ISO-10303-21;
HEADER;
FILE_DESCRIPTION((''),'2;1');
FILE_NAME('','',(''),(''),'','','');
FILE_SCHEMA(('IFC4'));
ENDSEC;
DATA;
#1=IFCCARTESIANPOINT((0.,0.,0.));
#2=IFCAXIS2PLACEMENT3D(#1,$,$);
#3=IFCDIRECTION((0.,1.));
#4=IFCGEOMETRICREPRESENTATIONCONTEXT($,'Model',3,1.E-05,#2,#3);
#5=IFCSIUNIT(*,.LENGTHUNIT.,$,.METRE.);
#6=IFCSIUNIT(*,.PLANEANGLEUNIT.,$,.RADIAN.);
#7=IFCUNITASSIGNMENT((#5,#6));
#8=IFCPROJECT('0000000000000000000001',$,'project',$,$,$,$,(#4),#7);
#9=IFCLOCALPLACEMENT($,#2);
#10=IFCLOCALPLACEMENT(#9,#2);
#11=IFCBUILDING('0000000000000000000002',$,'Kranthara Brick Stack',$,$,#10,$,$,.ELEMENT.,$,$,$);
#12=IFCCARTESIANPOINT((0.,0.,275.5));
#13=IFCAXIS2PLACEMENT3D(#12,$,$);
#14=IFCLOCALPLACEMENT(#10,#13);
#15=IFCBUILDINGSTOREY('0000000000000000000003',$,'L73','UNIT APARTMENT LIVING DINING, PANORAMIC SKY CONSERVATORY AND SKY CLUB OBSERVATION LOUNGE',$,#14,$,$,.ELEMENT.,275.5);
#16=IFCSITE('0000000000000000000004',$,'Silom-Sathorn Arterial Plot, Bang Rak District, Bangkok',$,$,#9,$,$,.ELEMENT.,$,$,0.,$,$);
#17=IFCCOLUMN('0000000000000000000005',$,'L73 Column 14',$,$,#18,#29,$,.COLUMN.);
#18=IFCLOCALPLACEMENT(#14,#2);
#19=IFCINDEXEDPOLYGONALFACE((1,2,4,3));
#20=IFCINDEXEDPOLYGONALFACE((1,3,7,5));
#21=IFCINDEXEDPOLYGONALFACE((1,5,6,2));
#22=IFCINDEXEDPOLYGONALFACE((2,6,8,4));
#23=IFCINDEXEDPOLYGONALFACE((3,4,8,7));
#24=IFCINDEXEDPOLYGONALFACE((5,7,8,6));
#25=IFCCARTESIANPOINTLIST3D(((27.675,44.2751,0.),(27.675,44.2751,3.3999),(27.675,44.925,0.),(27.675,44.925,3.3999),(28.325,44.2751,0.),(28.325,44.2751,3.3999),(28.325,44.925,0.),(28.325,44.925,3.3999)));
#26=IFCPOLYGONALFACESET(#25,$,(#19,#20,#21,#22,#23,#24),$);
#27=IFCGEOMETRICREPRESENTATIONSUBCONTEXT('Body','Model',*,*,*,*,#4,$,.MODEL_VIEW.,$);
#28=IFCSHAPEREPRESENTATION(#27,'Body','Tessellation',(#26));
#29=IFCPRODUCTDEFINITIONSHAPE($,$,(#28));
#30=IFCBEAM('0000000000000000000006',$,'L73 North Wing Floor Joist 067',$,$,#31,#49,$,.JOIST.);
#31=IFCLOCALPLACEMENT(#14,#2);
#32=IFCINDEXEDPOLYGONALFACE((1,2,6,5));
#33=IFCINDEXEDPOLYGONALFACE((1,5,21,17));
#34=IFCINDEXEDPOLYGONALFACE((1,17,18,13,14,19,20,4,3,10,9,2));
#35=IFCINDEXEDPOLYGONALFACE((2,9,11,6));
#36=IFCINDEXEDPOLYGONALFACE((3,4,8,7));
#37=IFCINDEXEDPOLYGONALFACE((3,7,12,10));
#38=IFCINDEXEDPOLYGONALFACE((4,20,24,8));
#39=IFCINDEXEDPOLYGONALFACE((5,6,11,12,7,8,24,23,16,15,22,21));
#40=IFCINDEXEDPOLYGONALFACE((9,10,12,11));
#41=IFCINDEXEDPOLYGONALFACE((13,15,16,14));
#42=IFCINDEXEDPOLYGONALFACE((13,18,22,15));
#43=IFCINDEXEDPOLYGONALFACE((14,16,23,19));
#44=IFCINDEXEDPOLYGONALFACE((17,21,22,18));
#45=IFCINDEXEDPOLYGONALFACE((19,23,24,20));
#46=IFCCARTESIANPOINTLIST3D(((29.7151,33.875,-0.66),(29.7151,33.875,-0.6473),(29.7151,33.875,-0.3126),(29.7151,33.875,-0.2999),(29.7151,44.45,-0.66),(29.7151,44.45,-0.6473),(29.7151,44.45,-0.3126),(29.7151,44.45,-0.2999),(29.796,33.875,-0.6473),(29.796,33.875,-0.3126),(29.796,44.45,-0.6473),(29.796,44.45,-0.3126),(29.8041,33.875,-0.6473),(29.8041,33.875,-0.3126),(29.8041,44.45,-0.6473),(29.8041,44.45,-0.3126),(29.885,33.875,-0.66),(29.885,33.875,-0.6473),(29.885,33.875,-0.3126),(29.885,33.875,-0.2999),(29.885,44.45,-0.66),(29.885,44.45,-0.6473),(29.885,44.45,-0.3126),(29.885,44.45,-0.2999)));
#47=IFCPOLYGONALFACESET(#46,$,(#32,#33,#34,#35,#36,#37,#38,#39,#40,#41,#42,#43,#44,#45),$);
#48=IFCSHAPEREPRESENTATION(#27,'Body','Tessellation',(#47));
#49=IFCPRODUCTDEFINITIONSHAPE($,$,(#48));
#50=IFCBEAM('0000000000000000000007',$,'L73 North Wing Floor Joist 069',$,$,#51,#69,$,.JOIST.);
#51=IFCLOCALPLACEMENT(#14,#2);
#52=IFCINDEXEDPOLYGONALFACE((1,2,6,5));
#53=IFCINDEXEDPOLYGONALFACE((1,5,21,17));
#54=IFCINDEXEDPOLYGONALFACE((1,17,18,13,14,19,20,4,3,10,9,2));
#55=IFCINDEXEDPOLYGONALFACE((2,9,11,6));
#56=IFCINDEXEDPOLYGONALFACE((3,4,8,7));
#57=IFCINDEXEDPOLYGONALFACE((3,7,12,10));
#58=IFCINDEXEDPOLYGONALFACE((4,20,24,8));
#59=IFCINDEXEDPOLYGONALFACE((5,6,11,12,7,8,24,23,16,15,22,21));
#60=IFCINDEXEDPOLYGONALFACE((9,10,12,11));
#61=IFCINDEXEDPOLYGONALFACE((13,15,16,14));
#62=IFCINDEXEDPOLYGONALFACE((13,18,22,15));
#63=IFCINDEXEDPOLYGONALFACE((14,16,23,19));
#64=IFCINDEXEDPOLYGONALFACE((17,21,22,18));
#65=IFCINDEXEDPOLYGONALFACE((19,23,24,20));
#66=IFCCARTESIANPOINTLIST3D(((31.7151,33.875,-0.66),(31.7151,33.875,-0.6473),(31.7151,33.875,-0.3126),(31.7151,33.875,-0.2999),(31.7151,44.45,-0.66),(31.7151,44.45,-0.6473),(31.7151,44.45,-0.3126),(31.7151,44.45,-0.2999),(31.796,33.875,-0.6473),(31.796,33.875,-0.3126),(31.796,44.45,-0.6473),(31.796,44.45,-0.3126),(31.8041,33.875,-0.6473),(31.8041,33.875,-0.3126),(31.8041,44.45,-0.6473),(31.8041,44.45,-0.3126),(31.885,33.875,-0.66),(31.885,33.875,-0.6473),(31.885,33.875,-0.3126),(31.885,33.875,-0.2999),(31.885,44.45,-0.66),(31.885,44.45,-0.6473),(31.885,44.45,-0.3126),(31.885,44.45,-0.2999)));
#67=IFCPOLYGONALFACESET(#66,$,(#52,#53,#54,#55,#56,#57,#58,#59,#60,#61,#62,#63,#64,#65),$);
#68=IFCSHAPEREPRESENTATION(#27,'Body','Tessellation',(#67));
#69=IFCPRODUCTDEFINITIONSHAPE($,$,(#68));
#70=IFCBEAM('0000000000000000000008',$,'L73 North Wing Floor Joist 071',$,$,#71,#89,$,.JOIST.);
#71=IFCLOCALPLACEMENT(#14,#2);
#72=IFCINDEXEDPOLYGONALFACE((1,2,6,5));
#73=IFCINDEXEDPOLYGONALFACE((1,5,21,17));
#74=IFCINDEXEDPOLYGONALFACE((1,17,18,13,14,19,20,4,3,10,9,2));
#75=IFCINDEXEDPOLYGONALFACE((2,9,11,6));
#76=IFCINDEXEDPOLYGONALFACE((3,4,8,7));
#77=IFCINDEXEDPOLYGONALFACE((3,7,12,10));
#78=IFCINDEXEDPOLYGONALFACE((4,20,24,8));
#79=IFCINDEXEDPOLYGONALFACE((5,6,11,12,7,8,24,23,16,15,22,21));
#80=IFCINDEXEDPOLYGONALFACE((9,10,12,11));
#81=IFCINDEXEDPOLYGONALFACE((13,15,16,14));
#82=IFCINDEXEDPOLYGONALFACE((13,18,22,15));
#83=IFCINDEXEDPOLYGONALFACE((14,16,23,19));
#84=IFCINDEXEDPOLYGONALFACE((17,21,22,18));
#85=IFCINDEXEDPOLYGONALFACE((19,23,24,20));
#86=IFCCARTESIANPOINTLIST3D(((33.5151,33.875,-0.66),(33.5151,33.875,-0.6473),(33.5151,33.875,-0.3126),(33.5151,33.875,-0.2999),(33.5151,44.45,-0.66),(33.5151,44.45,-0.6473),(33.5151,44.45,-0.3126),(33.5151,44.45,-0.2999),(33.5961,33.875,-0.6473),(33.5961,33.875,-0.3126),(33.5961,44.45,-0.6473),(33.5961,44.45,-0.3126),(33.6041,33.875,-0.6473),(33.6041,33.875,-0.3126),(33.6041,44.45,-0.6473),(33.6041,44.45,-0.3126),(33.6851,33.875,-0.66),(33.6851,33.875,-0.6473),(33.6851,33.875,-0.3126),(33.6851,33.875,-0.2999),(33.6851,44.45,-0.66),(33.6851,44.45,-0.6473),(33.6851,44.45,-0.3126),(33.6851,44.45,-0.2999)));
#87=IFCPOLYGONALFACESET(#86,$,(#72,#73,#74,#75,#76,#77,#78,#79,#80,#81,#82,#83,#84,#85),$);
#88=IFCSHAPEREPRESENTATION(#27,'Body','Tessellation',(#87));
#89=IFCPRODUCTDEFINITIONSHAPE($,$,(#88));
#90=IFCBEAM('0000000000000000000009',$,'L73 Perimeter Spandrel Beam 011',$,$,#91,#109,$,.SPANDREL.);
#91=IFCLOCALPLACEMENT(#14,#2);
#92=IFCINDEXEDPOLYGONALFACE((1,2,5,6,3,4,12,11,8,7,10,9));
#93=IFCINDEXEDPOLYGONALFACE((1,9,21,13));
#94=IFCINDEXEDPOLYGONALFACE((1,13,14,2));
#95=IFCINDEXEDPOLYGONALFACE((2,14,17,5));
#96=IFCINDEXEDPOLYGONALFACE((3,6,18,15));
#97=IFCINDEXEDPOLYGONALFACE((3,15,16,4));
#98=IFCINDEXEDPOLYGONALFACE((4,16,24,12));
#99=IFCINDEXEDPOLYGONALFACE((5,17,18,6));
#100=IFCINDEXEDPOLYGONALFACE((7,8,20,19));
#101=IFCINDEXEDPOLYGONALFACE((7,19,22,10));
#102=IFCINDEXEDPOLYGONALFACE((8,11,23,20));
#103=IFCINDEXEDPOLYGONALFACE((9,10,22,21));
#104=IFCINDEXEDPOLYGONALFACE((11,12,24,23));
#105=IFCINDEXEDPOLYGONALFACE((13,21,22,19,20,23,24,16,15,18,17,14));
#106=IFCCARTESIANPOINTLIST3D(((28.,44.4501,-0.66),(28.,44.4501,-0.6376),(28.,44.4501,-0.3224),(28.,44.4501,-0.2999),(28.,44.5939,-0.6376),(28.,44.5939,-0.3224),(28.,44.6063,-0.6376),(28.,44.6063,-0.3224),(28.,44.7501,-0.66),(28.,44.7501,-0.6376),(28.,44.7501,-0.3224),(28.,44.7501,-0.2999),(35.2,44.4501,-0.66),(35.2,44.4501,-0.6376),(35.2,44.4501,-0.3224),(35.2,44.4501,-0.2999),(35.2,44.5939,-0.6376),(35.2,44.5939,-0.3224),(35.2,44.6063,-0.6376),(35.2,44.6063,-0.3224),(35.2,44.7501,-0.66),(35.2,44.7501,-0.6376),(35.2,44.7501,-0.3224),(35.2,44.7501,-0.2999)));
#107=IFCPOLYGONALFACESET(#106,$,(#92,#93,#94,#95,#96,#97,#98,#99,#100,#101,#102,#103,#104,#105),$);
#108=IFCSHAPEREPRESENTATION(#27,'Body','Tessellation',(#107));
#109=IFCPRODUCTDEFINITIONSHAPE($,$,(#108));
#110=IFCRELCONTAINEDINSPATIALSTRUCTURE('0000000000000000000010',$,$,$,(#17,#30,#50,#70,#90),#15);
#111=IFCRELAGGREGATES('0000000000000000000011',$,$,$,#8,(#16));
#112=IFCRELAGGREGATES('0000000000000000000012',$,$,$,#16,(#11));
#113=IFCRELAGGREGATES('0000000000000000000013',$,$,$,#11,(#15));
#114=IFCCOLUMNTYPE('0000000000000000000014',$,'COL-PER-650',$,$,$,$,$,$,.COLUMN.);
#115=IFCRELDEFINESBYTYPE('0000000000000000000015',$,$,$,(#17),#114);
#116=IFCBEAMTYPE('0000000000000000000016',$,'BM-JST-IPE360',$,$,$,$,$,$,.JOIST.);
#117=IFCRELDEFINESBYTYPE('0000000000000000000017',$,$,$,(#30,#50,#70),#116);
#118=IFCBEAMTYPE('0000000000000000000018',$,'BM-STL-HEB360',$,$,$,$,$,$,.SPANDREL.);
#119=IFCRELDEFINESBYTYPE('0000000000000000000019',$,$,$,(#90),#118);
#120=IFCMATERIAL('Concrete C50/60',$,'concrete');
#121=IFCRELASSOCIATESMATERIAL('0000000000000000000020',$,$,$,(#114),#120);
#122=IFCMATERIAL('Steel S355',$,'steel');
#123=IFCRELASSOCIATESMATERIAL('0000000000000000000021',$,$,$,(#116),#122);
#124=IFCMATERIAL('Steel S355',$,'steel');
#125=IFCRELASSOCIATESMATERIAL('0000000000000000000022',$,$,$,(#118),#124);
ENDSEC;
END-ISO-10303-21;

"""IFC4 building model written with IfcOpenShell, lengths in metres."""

from ifc_helpers import new_model, si_unit, direction, frame, origin, origin_2d, place, context, subcontext, project, spatial, rectangle, i_section, extrude, material, material_profile, profile_set, type_object, element, save


model = new_model("IFC4")

# Units and contexts
model_context = context("Model", 3, precision=1e-05, world=origin(), true_north=direction((0.0, 1.0)))
body_context = subcontext(model_context, "Body", "Model", "MODEL_VIEW")
ifc_project = project(units=[si_unit("LENGTHUNIT", "METRE"), si_unit("PLANEANGLEUNIT", "RADIAN")], contexts=[model_context])

# Site, building, storey
site_placement = place(None, origin())
site = spatial("IfcSite", under=ifc_project, at=site_placement, Name="Silom-Sathorn Arterial Plot, Bang Rak District, Bangkok", CompositionType="ELEMENT", RefElevation=0.0)
building_placement = place(site_placement, origin())
building = spatial("IfcBuilding", under=site, at=building_placement, Name="Kranthara Brick Stack", CompositionType="ELEMENT")
storey_placement = place(building_placement, frame((0.0, 0.0, 275.5)))
storey = spatial("IfcBuildingStorey", under=building, at=storey_placement, Name="L73", Description="UNIT APARTMENT LIVING DINING, PANORAMIC SKY CONSERVATORY AND SKY CLUB OBSERVATION LOUNGE", CompositionType="ELEMENT", Elevation=275.5)

# Column
ifc_material_1 = material(Name="Concrete C50/60", Category="concrete")
ifc_material_profile_1 = material_profile(ifc_material_1, rectangle(XDim=0.6499, YDim=0.6499, at=origin_2d()), Name="RC 650x650")
ifc_profile_set_1 = profile_set([ifc_material_profile_1], Name="Concrete C50/60")
column_type = type_object("IfcColumnType", Name="COL-PER-650", PredefinedType="COLUMN", material=ifc_profile_set_1)
column_placement = place(storey_placement, frame((28.0, 44.6001, 0.0), z_axis=(0.0, 0.0, 1.0), x_axis=(1.0, 0.0, 0.0)))
element("IfcColumn", 1, at=column_placement, inside=storey, type_object=column_type, Name="L73 Column 14", PredefinedType="COLUMN", context=body_context, shape_type="SweptSolid", body=[
    extrude(rectangle(XDim=0.6499, YDim=0.6499, at=origin_2d()), origin(), (0.0, 0.0, 1.0), 3.3999),
])

# Beams
ifc_material_2 = material(Name="Steel S355", Category="steel")
ifc_material_profile_2 = material_profile(ifc_material_2, i_section(OverallWidth=0.1699, OverallDepth=0.3601, WebThickness=0.0081, FlangeThickness=0.0127, at=origin_2d()), Name="IPE 360")
ifc_profile_set_2 = profile_set([ifc_material_profile_2], Name="Steel S355")
beam_type_1 = type_object("IfcBeamType", Name="BM-JST-IPE360", PredefinedType="JOIST", material=ifc_profile_set_2)
for number, where, z_axis, x_axis, name in (
    (2, (29.8, 33.875, -0.48), (0.0, 1.0, 0.0), (-1.0, 0.0, 0.0), "L73 North Wing Floor Joist 067"),
    (3, (31.8, 33.875, -0.48), (0.0, 1.0, 0.0), (-1.0, 0.0, 0.0), "L73 North Wing Floor Joist 069"),
    (4, (33.6001, 33.875, -0.48), (0.0, 1.0, 0.0), (-1.0, 0.0, 0.0), "L73 North Wing Floor Joist 071"),
):
    element("IfcBeam", number, at=place(storey_placement, frame(where, z_axis=z_axis, x_axis=x_axis)), inside=storey, type_object=beam_type_1, Name=name, PredefinedType="JOIST", context=body_context, shape_type="SweptSolid", body=[
        extrude(i_section(OverallWidth=0.1699, OverallDepth=0.3601, WebThickness=0.0081, FlangeThickness=0.0127, at=origin_2d()), origin(), (0.0, 0.0, 1.0), 10.575),
    ])
ifc_material_3 = material(Name="Steel S355", Category="steel")
ifc_material_profile_3 = material_profile(ifc_material_3, i_section(OverallWidth=0.3, OverallDepth=0.3601, WebThickness=0.0125, FlangeThickness=0.0225, at=origin_2d()), Name="HEB 360")
ifc_profile_set_3 = profile_set([ifc_material_profile_3], Name="Steel S355")
beam_type_2 = type_object("IfcBeamType", Name="BM-STL-HEB360", PredefinedType="SPANDREL", material=ifc_profile_set_3)
beam_placement = place(storey_placement, frame((28.0, 44.6001, -0.48), z_axis=(1.0, 0.0, 0.0), x_axis=(0.0, 1.0, 0.0)))
element("IfcBeam", 5, at=beam_placement, inside=storey, type_object=beam_type_2, Name="L73 Perimeter Spandrel Beam 011", PredefinedType="SPANDREL", context=body_context, shape_type="SweptSolid", body=[
    extrude(i_section(OverallWidth=0.3, OverallDepth=0.3601, WebThickness=0.0125, FlangeThickness=0.0225, at=origin_2d()), origin(), (0.0, 0.0, 1.0), 7.2),
])

save(model, "model.ifc")
